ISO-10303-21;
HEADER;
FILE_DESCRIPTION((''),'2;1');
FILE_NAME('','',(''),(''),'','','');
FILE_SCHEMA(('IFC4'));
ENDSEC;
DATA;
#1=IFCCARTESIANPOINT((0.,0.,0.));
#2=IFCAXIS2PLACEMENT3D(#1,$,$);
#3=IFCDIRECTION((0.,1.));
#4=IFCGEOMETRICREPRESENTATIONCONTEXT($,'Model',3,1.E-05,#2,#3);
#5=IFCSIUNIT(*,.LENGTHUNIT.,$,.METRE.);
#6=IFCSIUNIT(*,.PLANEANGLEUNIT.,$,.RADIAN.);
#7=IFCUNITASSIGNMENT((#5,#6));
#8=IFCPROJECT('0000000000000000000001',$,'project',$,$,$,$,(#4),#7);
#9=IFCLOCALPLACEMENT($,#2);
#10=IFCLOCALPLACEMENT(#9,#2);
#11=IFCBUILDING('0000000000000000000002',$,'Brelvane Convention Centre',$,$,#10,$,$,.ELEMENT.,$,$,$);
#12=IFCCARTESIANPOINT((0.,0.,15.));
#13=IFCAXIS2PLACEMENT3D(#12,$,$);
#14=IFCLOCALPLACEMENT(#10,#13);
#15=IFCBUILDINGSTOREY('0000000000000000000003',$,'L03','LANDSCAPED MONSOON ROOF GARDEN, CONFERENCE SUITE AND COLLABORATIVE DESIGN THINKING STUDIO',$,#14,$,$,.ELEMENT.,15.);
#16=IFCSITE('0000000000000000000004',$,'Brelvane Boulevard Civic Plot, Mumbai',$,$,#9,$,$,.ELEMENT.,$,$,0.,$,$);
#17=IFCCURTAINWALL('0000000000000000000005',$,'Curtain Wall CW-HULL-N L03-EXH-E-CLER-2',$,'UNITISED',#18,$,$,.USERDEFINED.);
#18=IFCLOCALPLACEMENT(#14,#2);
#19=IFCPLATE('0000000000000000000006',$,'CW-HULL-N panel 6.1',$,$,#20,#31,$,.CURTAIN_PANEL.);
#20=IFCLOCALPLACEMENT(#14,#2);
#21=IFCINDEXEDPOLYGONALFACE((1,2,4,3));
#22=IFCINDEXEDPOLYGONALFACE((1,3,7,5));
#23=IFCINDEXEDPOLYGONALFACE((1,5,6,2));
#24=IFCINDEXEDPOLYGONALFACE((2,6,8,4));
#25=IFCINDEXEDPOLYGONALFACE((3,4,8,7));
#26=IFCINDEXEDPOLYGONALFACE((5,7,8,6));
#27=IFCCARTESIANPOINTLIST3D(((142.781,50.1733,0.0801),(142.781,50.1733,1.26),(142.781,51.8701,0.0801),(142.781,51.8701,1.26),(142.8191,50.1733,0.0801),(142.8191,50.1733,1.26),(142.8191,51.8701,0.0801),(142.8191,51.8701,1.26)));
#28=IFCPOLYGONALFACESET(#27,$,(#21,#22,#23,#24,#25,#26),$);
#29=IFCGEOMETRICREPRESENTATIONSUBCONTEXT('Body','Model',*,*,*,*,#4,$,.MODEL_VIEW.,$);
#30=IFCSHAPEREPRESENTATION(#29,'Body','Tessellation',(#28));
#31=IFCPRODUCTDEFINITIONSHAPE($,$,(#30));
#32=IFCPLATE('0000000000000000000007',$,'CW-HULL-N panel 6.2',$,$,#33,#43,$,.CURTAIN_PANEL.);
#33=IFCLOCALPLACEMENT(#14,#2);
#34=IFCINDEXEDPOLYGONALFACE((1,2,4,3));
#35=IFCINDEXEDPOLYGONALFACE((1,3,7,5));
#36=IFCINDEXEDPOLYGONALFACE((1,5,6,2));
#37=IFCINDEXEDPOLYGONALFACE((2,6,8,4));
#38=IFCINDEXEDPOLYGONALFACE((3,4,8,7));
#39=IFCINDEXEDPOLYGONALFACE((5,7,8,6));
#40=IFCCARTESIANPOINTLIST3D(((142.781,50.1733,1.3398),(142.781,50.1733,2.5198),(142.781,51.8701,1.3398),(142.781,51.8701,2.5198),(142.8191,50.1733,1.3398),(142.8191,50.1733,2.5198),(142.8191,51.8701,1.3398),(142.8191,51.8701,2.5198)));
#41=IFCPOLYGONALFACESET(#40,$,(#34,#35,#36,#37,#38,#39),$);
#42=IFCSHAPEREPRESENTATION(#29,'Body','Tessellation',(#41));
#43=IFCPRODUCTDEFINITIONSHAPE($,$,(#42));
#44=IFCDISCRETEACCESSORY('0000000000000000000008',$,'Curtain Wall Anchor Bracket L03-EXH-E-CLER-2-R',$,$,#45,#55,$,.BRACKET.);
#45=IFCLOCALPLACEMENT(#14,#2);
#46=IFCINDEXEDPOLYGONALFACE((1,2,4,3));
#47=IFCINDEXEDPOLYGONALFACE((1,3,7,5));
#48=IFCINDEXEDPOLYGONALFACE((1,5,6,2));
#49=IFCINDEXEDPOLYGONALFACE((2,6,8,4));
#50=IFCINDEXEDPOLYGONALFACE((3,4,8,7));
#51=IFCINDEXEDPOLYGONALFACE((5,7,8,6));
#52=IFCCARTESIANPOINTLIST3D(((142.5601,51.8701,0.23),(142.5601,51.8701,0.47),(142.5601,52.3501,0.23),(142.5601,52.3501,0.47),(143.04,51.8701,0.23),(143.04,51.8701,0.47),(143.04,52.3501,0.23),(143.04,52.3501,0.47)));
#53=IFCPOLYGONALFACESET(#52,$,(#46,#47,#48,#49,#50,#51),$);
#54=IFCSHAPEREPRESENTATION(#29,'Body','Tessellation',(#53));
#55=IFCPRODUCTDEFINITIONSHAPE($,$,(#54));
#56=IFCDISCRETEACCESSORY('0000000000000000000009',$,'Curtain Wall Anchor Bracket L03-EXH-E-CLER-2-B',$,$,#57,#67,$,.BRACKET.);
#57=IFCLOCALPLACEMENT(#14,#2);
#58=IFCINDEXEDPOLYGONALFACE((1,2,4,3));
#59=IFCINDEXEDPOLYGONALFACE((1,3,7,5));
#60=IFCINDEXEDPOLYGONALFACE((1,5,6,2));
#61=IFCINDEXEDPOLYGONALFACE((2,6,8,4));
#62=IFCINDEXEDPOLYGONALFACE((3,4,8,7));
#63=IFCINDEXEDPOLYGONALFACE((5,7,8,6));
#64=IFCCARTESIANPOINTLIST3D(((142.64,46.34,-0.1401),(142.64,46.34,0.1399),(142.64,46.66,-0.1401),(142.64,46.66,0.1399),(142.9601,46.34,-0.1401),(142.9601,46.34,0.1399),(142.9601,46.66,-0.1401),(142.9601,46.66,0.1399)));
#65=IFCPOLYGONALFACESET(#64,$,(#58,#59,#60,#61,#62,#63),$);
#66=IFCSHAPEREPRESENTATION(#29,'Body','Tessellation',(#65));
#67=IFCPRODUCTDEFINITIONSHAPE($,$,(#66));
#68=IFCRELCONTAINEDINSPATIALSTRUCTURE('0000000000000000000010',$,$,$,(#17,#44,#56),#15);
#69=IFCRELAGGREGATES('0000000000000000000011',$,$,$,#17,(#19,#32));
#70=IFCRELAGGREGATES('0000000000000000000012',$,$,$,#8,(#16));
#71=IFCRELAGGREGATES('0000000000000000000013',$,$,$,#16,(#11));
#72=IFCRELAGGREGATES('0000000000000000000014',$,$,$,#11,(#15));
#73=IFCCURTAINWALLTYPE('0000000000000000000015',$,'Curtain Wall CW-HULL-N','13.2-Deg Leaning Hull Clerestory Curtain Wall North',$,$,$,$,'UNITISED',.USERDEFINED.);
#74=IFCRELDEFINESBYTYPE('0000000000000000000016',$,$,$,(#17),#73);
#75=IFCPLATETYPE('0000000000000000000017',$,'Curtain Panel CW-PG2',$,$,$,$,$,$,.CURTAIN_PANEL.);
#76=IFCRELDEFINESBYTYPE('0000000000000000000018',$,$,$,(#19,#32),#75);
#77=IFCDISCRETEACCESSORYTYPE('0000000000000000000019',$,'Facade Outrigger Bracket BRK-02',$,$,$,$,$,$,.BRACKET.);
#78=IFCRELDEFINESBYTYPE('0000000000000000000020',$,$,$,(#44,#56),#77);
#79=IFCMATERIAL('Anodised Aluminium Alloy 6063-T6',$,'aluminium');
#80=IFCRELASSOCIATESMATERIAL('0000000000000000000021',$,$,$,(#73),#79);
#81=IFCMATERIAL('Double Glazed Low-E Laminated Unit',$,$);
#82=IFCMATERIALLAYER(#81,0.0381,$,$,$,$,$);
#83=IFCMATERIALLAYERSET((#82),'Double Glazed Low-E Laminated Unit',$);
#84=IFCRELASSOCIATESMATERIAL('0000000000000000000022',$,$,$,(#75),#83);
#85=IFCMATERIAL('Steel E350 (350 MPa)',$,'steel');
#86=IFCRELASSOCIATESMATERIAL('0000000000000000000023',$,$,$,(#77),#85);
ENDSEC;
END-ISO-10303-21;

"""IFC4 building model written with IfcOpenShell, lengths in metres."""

from ifc_helpers import new_model, si_unit, direction, frame, origin, origin_2d, place, context, subcontext, project, spatial, rectangle, extrude, material, layer, layer_set, type_object, element, aggregate, save


model = new_model("IFC4")

# Units and contexts
model_context = context("Model", 3, precision=1e-05, world=origin(), true_north=direction((0.0, 1.0)))
body_context = subcontext(model_context, "Body", "Model", "MODEL_VIEW")
ifc_project = project(units=[si_unit("LENGTHUNIT", "METRE"), si_unit("PLANEANGLEUNIT", "RADIAN")], contexts=[model_context])

# Site, building, storey
site_placement = place(None, origin())
site = spatial("IfcSite", under=ifc_project, at=site_placement, Name="Brelvane Boulevard Civic Plot, Mumbai", CompositionType="ELEMENT", RefElevation=0.0)
building_placement = place(site_placement, origin())
building = spatial("IfcBuilding", under=site, at=building_placement, Name="Brelvane Convention Centre", CompositionType="ELEMENT")
storey_placement = place(building_placement, frame((0.0, 0.0, 15.0)))
storey = spatial("IfcBuildingStorey", under=building, at=storey_placement, Name="L03", Description="LANDSCAPED MONSOON ROOF GARDEN, CONFERENCE SUITE AND COLLABORATIVE DESIGN THINKING STUDIO", CompositionType="ELEMENT", Elevation=15.0)

# Curtain wall, plates
ifc_material_1 = material(Name="Anodised Aluminium Alloy 6063-T6", Category="aluminium")
curtain_wall_type = type_object("IfcCurtainWallType", Name="Curtain Wall CW-HULL-N", Description="13.2-Deg Leaning Hull Clerestory Curtain Wall North", ElementType="UNITISED", PredefinedType="USERDEFINED", material=ifc_material_1)
curtain_wall_placement = place(storey_placement, origin())
curtain_wall = element("IfcCurtainWall", 1, at=curtain_wall_placement, inside=storey, type_object=curtain_wall_type, Name="Curtain Wall CW-HULL-N L03-EXH-E-CLER-2", ObjectType="UNITISED", PredefinedType="USERDEFINED")
ifc_material_2 = material(Name="Double Glazed Low-E Laminated Unit")
ifc_layer = layer(ifc_material_2, 0.0381)
ifc_layer_set = layer_set([ifc_layer], Name="Double Glazed Low-E Laminated Unit")
plate_type = type_object("IfcPlateType", Name="Curtain Panel CW-PG2", PredefinedType="CURTAIN_PANEL", material=ifc_layer_set)
plate_1_placement = place(storey_placement, frame((142.8, 51.0217, 0.0801), z_axis=(0.0, 0.0, 1.0), x_axis=(0.0, 1.0, 0.0)))
plate_1 = element("IfcPlate", 2, at=plate_1_placement, type_object=plate_type, Name="CW-HULL-N panel 6.1", PredefinedType="CURTAIN_PANEL", context=body_context, shape_type="SweptSolid", body=[
    extrude(rectangle(XDim=1.6968, YDim=0.0381, at=origin_2d()), origin(), (0.0, 0.0, 1.0), 1.1799),
])
plate_2_placement = place(storey_placement, frame((142.8, 51.0217, 1.3398), z_axis=(0.0, 0.0, 1.0), x_axis=(0.0, 1.0, 0.0)))
plate_2 = element("IfcPlate", 3, at=plate_2_placement, type_object=plate_type, Name="CW-HULL-N panel 6.2", PredefinedType="CURTAIN_PANEL", context=body_context, shape_type="SweptSolid", body=[
    extrude(rectangle(XDim=1.6968, YDim=0.0381, at=origin_2d()), origin(), (0.0, 0.0, 1.0), 1.1799),
])
aggregate(curtain_wall, [plate_1, plate_2])

# Discrete accessories
ifc_material_3 = material(Name="Steel E350 (350 MPa)", Category="steel")
discrete_accessory_type = type_object("IfcDiscreteAccessoryType", Name="Facade Outrigger Bracket BRK-02", PredefinedType="BRACKET", material=ifc_material_3)
discrete_accessory_1_placement = place(storey_placement, frame((142.8, 52.1101, 0.23), z_axis=(0.0, 0.0, 1.0), x_axis=(1.0, 0.0, 0.0)))
element("IfcDiscreteAccessory", 4, at=discrete_accessory_1_placement, inside=storey, type_object=discrete_accessory_type, Name="Curtain Wall Anchor Bracket L03-EXH-E-CLER-2-R", PredefinedType="BRACKET", context=body_context, shape_type="SweptSolid", body=[
    extrude(rectangle(XDim=0.48, YDim=0.48, at=origin_2d()), origin(), (0.0, 0.0, 1.0), 0.24),
])
discrete_accessory_2_placement = place(storey_placement, frame((142.8, 46.5, -0.1401), z_axis=(0.0, 0.0, 1.0), x_axis=(1.0, 0.0, 0.0)))
element("IfcDiscreteAccessory", 5, at=discrete_accessory_2_placement, inside=storey, type_object=discrete_accessory_type, Name="Curtain Wall Anchor Bracket L03-EXH-E-CLER-2-B", PredefinedType="BRACKET", context=body_context, shape_type="SweptSolid", body=[
    extrude(rectangle(XDim=0.3201, YDim=0.3201, at=origin_2d()), origin(), (0.0, 0.0, 1.0), 0.28),
])

save(model, "model.ifc")
